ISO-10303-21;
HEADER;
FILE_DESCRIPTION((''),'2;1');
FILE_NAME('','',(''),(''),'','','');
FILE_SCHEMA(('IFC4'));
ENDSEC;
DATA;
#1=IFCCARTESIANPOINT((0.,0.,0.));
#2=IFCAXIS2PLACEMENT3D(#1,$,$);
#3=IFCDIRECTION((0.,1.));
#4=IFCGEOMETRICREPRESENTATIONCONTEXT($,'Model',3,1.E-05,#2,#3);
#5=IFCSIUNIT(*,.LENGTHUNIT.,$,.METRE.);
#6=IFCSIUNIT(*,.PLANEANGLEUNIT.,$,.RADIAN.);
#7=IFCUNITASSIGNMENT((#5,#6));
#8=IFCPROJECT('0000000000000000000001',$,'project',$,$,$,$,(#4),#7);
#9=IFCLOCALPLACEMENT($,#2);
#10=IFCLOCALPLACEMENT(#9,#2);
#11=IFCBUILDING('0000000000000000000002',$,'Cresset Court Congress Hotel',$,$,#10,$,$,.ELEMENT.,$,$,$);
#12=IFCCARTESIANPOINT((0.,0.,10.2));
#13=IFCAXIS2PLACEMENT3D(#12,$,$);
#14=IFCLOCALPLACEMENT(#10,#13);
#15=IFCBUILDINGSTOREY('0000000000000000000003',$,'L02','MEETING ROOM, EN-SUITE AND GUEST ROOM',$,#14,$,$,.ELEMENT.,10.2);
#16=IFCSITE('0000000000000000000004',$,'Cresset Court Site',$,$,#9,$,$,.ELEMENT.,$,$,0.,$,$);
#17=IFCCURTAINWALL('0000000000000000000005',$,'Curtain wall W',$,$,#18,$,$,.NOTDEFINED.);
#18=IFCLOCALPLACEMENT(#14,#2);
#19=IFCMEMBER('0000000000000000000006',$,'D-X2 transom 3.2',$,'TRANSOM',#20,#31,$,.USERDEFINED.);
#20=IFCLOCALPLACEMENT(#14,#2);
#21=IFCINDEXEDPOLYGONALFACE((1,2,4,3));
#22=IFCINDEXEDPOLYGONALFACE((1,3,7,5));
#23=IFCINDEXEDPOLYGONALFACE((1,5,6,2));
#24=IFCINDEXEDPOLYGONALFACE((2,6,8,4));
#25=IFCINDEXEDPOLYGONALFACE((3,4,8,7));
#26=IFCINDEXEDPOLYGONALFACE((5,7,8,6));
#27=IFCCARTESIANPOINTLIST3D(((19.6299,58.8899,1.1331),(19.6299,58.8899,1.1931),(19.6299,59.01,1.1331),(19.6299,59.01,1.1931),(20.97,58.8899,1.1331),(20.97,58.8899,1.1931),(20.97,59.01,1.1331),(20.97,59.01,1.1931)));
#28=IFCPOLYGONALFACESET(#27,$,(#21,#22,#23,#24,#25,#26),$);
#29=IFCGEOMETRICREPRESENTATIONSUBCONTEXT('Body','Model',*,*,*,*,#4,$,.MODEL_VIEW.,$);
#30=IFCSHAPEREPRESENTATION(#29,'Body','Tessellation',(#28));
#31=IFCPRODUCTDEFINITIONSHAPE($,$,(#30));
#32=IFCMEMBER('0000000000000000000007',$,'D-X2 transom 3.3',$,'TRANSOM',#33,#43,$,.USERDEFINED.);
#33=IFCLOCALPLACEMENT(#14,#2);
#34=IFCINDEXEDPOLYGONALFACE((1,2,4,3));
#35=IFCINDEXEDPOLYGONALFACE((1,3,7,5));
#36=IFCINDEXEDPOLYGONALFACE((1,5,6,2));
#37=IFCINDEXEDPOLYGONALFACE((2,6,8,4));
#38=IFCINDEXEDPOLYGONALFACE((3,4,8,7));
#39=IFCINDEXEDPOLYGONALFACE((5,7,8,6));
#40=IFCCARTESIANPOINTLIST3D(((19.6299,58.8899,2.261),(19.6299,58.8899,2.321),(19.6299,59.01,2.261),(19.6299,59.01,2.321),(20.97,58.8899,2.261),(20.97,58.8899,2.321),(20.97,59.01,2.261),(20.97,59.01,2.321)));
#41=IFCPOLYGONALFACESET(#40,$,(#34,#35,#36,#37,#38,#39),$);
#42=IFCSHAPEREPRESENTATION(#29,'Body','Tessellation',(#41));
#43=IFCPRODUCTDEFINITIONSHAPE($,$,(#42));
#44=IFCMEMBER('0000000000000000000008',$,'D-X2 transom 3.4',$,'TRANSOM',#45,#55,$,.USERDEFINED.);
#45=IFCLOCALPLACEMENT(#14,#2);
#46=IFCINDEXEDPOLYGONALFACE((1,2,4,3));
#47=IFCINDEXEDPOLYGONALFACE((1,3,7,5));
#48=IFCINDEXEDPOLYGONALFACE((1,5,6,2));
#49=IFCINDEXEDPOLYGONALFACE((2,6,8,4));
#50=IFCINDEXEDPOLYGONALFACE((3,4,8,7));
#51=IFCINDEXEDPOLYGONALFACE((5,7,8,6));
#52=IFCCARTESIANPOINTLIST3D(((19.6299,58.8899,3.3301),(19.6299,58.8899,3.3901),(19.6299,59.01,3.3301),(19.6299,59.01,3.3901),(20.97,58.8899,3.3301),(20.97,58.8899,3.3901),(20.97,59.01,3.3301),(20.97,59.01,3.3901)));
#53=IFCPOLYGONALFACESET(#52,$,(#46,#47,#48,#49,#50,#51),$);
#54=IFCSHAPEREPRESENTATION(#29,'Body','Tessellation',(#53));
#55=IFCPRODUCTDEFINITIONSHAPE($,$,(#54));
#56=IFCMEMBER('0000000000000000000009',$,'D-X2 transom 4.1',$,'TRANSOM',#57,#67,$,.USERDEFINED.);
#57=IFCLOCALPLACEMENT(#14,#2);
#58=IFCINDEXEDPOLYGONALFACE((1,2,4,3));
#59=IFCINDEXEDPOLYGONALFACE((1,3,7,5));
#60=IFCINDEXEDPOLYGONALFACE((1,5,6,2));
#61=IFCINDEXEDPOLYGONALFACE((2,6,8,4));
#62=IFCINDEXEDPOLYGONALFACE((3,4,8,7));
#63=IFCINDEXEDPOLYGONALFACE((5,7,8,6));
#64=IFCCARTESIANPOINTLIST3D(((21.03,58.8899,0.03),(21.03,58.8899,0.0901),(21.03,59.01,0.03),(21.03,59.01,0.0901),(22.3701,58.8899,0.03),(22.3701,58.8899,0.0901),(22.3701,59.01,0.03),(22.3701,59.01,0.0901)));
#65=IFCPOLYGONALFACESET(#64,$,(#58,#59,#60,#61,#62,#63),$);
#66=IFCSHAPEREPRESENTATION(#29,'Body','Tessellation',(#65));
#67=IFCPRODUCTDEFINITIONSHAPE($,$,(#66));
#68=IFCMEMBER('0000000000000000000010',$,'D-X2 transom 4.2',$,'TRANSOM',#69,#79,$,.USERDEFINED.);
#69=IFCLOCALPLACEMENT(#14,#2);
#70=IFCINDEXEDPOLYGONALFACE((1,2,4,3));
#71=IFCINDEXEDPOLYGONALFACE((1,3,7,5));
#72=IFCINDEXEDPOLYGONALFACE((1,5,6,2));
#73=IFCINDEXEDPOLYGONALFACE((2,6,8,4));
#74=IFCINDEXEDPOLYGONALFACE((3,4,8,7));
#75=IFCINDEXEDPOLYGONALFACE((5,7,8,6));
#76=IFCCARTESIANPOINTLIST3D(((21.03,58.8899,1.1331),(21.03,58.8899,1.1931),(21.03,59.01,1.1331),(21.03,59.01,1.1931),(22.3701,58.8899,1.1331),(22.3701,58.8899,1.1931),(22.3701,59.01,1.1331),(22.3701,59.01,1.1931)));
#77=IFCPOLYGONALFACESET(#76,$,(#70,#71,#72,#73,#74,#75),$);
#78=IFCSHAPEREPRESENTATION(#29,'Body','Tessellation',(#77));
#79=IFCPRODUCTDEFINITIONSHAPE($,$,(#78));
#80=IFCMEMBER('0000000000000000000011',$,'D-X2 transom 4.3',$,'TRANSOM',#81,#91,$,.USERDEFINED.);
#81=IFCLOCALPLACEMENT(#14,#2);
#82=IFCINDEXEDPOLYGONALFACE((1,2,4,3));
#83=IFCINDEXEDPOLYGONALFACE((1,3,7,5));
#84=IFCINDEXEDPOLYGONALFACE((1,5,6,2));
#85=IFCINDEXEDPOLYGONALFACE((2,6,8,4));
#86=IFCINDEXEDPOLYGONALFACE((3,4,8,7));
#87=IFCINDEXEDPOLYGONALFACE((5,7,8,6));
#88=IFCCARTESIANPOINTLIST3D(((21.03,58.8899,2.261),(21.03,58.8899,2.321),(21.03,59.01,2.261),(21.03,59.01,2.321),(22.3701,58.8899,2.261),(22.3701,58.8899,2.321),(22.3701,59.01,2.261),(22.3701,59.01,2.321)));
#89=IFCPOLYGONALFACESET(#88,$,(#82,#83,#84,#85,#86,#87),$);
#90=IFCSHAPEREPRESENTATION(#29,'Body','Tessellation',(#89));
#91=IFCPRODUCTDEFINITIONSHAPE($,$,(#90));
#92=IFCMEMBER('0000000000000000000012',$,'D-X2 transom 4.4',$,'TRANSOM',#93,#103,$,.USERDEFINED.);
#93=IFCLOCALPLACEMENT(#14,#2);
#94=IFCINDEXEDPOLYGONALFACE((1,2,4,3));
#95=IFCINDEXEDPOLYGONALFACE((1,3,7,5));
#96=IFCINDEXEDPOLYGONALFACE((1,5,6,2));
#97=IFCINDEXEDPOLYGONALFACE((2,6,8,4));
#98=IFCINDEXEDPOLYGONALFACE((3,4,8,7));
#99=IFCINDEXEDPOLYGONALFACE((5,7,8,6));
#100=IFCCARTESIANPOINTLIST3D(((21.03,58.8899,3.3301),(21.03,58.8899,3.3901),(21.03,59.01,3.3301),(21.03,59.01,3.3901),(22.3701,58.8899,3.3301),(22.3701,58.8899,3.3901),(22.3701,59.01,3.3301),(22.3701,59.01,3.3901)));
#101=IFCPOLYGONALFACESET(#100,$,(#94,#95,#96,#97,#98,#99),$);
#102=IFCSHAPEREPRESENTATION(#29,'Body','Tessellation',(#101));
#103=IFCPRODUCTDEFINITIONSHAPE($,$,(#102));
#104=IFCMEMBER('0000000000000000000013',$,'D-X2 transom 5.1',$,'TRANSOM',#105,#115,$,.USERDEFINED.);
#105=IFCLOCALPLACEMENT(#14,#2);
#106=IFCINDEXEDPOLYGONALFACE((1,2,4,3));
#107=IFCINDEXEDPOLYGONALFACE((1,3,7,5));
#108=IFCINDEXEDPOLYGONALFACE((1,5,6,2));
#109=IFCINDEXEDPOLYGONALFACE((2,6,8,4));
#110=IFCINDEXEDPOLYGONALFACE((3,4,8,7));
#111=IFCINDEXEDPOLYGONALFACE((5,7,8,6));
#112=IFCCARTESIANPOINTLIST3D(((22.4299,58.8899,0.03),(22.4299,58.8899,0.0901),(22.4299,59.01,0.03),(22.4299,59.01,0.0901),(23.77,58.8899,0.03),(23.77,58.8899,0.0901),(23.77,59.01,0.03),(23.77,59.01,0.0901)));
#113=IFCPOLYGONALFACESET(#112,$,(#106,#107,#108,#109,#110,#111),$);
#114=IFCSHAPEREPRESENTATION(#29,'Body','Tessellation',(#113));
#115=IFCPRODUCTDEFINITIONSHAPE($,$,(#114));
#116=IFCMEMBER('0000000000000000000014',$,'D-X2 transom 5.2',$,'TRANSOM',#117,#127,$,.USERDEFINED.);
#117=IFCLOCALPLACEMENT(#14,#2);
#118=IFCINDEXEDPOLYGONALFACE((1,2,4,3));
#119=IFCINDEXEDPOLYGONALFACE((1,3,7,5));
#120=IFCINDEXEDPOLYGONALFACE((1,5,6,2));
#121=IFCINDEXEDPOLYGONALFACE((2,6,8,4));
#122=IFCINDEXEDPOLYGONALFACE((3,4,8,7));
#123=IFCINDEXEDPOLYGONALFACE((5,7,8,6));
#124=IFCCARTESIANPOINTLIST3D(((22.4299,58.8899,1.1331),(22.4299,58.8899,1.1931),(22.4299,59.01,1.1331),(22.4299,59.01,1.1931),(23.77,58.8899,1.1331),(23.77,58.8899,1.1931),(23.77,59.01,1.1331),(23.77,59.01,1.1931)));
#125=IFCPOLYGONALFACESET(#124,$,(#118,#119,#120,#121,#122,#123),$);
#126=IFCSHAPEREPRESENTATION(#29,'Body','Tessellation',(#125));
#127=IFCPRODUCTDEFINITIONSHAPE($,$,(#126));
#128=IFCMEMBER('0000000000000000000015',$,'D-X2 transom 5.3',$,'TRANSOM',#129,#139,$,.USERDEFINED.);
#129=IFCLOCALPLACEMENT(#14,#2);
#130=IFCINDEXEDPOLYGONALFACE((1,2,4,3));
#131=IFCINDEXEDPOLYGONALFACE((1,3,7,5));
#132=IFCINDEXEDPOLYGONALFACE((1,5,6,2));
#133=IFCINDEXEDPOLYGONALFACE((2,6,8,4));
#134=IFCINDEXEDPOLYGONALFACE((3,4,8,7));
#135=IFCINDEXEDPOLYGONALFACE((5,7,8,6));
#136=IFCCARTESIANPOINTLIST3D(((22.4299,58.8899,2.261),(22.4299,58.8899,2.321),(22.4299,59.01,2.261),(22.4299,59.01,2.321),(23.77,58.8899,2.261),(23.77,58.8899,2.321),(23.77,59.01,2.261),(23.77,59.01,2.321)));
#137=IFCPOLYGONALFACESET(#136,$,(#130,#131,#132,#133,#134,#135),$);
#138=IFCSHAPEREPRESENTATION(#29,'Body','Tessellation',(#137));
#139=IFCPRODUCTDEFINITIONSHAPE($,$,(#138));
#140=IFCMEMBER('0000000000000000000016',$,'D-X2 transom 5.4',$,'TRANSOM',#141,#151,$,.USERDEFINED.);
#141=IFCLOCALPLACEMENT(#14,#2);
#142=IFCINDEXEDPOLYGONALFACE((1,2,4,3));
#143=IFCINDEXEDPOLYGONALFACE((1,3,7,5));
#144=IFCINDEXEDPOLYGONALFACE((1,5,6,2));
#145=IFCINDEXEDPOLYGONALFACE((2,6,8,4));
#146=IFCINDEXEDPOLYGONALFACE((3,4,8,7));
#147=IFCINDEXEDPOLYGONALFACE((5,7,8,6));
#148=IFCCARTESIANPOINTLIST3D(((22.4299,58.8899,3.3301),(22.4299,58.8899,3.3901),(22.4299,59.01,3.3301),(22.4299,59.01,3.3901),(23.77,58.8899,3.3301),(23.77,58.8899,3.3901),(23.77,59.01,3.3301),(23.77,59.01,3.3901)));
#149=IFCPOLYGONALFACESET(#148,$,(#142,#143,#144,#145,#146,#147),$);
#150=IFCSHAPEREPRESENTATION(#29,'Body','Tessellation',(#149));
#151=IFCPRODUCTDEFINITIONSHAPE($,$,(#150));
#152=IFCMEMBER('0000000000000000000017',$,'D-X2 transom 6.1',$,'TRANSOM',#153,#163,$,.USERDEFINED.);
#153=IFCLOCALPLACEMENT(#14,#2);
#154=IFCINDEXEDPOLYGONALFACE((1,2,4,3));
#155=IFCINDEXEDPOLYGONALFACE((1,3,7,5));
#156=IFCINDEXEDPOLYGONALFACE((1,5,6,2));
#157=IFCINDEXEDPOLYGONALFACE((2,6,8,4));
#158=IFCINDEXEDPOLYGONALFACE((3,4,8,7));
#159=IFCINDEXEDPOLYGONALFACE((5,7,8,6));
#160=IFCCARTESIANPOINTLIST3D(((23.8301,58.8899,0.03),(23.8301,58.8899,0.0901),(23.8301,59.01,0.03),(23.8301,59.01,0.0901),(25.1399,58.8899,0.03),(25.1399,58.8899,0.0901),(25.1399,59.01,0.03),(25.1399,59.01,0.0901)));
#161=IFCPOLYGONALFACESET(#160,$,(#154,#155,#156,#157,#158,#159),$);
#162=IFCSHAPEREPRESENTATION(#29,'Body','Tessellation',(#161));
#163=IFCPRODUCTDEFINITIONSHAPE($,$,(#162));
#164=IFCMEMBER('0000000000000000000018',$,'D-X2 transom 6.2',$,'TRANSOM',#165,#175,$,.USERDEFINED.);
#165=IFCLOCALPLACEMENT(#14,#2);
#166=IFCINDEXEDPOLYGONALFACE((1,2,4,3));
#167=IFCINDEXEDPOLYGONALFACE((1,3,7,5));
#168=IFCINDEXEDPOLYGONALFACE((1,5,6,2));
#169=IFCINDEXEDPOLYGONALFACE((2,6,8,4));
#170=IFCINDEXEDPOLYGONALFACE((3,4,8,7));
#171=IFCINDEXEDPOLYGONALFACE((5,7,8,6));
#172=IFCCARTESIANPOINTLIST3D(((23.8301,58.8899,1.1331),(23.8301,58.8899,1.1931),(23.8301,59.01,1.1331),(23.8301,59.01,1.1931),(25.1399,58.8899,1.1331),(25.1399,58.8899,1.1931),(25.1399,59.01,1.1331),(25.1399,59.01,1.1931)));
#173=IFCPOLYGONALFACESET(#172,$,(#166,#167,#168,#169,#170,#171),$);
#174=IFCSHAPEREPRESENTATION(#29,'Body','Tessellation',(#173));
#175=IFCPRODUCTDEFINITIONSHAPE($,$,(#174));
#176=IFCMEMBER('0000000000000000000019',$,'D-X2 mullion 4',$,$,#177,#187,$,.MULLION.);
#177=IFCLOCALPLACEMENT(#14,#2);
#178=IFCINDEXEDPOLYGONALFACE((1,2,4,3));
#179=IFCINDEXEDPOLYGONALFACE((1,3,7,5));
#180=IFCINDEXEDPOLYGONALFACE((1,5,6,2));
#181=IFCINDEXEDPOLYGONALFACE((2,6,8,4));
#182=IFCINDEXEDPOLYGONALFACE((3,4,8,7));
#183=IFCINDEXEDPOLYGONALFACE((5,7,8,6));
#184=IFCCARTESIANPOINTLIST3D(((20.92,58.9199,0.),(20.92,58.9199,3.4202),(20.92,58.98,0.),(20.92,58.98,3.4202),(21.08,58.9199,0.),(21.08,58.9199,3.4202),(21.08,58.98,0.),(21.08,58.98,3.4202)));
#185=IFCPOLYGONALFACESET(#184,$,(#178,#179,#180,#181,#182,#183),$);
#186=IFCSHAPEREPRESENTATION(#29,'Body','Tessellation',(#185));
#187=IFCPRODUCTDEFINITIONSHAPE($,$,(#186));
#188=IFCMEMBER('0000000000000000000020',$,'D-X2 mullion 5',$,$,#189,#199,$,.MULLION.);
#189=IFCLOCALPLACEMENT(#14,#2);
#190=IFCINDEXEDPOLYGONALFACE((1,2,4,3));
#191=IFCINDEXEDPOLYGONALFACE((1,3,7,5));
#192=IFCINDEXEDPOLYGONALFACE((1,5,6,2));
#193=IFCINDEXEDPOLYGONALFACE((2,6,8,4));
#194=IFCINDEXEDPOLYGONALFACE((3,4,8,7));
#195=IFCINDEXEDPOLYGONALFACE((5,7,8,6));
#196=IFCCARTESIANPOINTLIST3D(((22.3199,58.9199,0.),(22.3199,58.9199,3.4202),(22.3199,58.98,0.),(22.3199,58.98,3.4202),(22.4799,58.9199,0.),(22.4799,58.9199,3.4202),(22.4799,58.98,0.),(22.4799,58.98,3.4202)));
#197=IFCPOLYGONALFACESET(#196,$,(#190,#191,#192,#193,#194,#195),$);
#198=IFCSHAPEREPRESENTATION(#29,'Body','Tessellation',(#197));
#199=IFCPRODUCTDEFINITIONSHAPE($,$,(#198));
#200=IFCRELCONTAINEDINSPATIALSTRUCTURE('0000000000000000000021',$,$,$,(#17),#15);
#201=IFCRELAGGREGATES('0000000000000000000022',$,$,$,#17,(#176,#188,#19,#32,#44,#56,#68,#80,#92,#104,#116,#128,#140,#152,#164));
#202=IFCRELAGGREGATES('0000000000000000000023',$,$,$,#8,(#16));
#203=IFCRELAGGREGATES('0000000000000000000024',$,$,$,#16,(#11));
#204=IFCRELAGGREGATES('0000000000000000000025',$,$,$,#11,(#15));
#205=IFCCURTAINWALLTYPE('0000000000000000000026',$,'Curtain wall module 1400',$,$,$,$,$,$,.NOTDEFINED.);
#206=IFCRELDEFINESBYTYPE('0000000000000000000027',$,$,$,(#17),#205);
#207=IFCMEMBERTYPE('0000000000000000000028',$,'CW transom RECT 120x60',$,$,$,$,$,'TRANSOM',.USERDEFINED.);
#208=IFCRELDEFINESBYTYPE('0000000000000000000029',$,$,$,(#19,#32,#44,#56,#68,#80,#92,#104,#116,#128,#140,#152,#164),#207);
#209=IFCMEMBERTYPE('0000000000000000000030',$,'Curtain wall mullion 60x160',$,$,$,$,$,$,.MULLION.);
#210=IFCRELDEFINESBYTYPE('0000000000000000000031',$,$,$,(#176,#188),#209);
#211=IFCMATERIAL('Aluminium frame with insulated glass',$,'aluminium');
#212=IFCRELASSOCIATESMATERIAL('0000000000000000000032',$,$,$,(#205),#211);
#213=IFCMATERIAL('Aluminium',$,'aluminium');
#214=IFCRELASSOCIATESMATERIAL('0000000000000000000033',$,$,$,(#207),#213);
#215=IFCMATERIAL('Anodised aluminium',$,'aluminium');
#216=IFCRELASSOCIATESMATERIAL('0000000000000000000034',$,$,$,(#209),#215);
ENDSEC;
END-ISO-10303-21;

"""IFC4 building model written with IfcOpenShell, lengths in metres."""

from ifc_helpers import new_model, si_unit, direction, frame, origin, origin_2d, place, context, subcontext, project, spatial, rectangle, extrude, material, material_profile, profile_set, type_object, element, aggregate, save


model = new_model("IFC4")

# Units and contexts
model_context = context("Model", 3, precision=1e-05, world=origin(), true_north=direction((0.0, 1.0)))
body_context = subcontext(model_context, "Body", "Model", "MODEL_VIEW")
ifc_project = project(units=[si_unit("LENGTHUNIT", "METRE"), si_unit("PLANEANGLEUNIT", "RADIAN")], contexts=[model_context])

# Site, building, storey
site_placement = place(None, origin())
site = spatial("IfcSite", under=ifc_project, at=site_placement, Name="Cresset Court Site", CompositionType="ELEMENT", RefElevation=0.0)
building_placement = place(site_placement, origin())
building = spatial("IfcBuilding", under=site, at=building_placement, Name="Cresset Court Congress Hotel", CompositionType="ELEMENT")
storey_placement = place(building_placement, frame((0.0, 0.0, 10.2)))
storey = spatial("IfcBuildingStorey", under=building, at=storey_placement, Name="L02", Description="MEETING ROOM, EN-SUITE AND GUEST ROOM", CompositionType="ELEMENT", Elevation=10.2)

# Curtain wall, members
ifc_material_1 = material(Name="Aluminium frame with insulated glass", Category="aluminium")
curtain_wall_type = type_object("IfcCurtainWallType", Name="Curtain wall module 1400", PredefinedType="NOTDEFINED", material=ifc_material_1)
curtain_wall_placement = place(storey_placement, origin())
curtain_wall = element("IfcCurtainWall", 1, at=curtain_wall_placement, inside=storey, type_object=curtain_wall_type, Name="Curtain wall W", PredefinedType="NOTDEFINED")
ifc_material_2 = material(Name="Aluminium", Category="aluminium")
ifc_material_profile_1 = material_profile(ifc_material_2, rectangle(XDim=0.1201, YDim=0.0601, at=origin_2d()), Name="AL 120x60")
ifc_profile_set_1 = profile_set([ifc_material_profile_1], Name="Aluminium")
member_type_1 = type_object("IfcMemberType", Name="CW transom RECT 120x60", ElementType="TRANSOM", PredefinedType="USERDEFINED", material=ifc_profile_set_1)
member_1_placement = place(storey_placement, frame((19.6299, 58.95, 1.1631), z_axis=(1.0, 0.0, 0.0), x_axis=(0.0, 1.0, 0.0)))
member_1 = element("IfcMember", 2, at=member_1_placement, type_object=member_type_1, Name="D-X2 transom 3.2", ObjectType="TRANSOM", PredefinedType="USERDEFINED", context=body_context, shape_type="SweptSolid", body=[
    extrude(rectangle(XDim=0.1201, YDim=0.0601, at=origin_2d()), origin(), (0.0, 0.0, 1.0), 1.3401),
])
member_2_placement = place(storey_placement, frame((19.6299, 58.95, 2.291), z_axis=(1.0, 0.0, 0.0), x_axis=(0.0, 1.0, 0.0)))
member_2 = element("IfcMember", 3, at=member_2_placement, type_object=member_type_1, Name="D-X2 transom 3.3", ObjectType="TRANSOM", PredefinedType="USERDEFINED", context=body_context, shape_type="SweptSolid", body=[
    extrude(rectangle(XDim=0.1201, YDim=0.0601, at=origin_2d()), origin(), (0.0, 0.0, 1.0), 1.3401),
])
member_3_placement = place(storey_placement, frame((19.6299, 58.95, 3.3601), z_axis=(1.0, 0.0, 0.0), x_axis=(0.0, 1.0, 0.0)))
member_3 = element("IfcMember", 4, at=member_3_placement, type_object=member_type_1, Name="D-X2 transom 3.4", ObjectType="TRANSOM", PredefinedType="USERDEFINED", context=body_context, shape_type="SweptSolid", body=[
    extrude(rectangle(XDim=0.1201, YDim=0.0601, at=origin_2d()), origin(), (0.0, 0.0, 1.0), 1.3401),
])
member_4_placement = place(storey_placement, frame((21.03, 58.95, 0.0601), z_axis=(1.0, 0.0, 0.0), x_axis=(0.0, 1.0, 0.0)))
member_4 = element("IfcMember", 5, at=member_4_placement, type_object=member_type_1, Name="D-X2 transom 4.1", ObjectType="TRANSOM", PredefinedType="USERDEFINED", context=body_context, shape_type="SweptSolid", body=[
    extrude(rectangle(XDim=0.1201, YDim=0.0601, at=origin_2d()), origin(), (0.0, 0.0, 1.0), 1.3401),
])
member_5_placement = place(storey_placement, frame((21.03, 58.95, 1.1631), z_axis=(1.0, 0.0, 0.0), x_axis=(0.0, 1.0, 0.0)))
member_5 = element("IfcMember", 6, at=member_5_placement, type_object=member_type_1, Name="D-X2 transom 4.2", ObjectType="TRANSOM", PredefinedType="USERDEFINED", context=body_context, shape_type="SweptSolid", body=[
    extrude(rectangle(XDim=0.1201, YDim=0.0601, at=origin_2d()), origin(), (0.0, 0.0, 1.0), 1.3401),
])
member_6_placement = place(storey_placement, frame((21.03, 58.95, 2.291), z_axis=(1.0, 0.0, 0.0), x_axis=(0.0, 1.0, 0.0)))
member_6 = element("IfcMember", 7, at=member_6_placement, type_object=member_type_1, Name="D-X2 transom 4.3", ObjectType="TRANSOM", PredefinedType="USERDEFINED", context=body_context, shape_type="SweptSolid", body=[
    extrude(rectangle(XDim=0.1201, YDim=0.0601, at=origin_2d()), origin(), (0.0, 0.0, 1.0), 1.3401),
])
member_7_placement = place(storey_placement, frame((21.03, 58.95, 3.3601), z_axis=(1.0, 0.0, 0.0), x_axis=(0.0, 1.0, 0.0)))
member_7 = element("IfcMember", 8, at=member_7_placement, type_object=member_type_1, Name="D-X2 transom 4.4", ObjectType="TRANSOM", PredefinedType="USERDEFINED", context=body_context, shape_type="SweptSolid", body=[
    extrude(rectangle(XDim=0.1201, YDim=0.0601, at=origin_2d()), origin(), (0.0, 0.0, 1.0), 1.3401),
])
member_8_placement = place(storey_placement, frame((22.4299, 58.95, 0.0601), z_axis=(1.0, 0.0, 0.0), x_axis=(0.0, 1.0, 0.0)))
member_8 = element("IfcMember", 9, at=member_8_placement, type_object=member_type_1, Name="D-X2 transom 5.1", ObjectType="TRANSOM", PredefinedType="USERDEFINED", context=body_context, shape_type="SweptSolid", body=[
    extrude(rectangle(XDim=0.1201, YDim=0.0601, at=origin_2d()), origin(), (0.0, 0.0, 1.0), 1.3401),
])
member_9_placement = place(storey_placement, frame((22.4299, 58.95, 1.1631), z_axis=(1.0, 0.0, 0.0), x_axis=(0.0, 1.0, 0.0)))
member_9 = element("IfcMember", 10, at=member_9_placement, type_object=member_type_1, Name="D-X2 transom 5.2", ObjectType="TRANSOM", PredefinedType="USERDEFINED", context=body_context, shape_type="SweptSolid", body=[
    extrude(rectangle(XDim=0.1201, YDim=0.0601, at=origin_2d()), origin(), (0.0, 0.0, 1.0), 1.3401),
])
member_10_placement = place(storey_placement, frame((22.4299, 58.95, 2.291), z_axis=(1.0, 0.0, 0.0), x_axis=(0.0, 1.0, 0.0)))
member_10 = element("IfcMember", 11, at=member_10_placement, type_object=member_type_1, Name="D-X2 transom 5.3", ObjectType="TRANSOM", PredefinedType="USERDEFINED", context=body_context, shape_type="SweptSolid", body=[
    extrude(rectangle(XDim=0.1201, YDim=0.0601, at=origin_2d()), origin(), (0.0, 0.0, 1.0), 1.3401),
])
member_11_placement = place(storey_placement, frame((22.4299, 58.95, 3.3601), z_axis=(1.0, 0.0, 0.0), x_axis=(0.0, 1.0, 0.0)))
member_11 = element("IfcMember", 12, at=member_11_placement, type_object=member_type_1, Name="D-X2 transom 5.4", ObjectType="TRANSOM", PredefinedType="USERDEFINED", context=body_context, shape_type="SweptSolid", body=[
    extrude(rectangle(XDim=0.1201, YDim=0.0601, at=origin_2d()), origin(), (0.0, 0.0, 1.0), 1.3401),
])
member_12_placement = place(storey_placement, frame((23.8301, 58.95, 0.0601), z_axis=(1.0, 0.0, 0.0), x_axis=(0.0, 1.0, 0.0)))
member_12 = element("IfcMember", 13, at=member_12_placement, type_object=member_type_1, Name="D-X2 transom 6.1", ObjectType="TRANSOM", PredefinedType="USERDEFINED", context=body_context, shape_type="SweptSolid", body=[
    extrude(rectangle(XDim=0.1201, YDim=0.0601, at=origin_2d()), origin(), (0.0, 0.0, 1.0), 1.3098),
])
member_13_placement = place(storey_placement, frame((23.8301, 58.95, 1.1631), z_axis=(1.0, 0.0, 0.0), x_axis=(0.0, 1.0, 0.0)))
member_13 = element("IfcMember", 14, at=member_13_placement, type_object=member_type_1, Name="D-X2 transom 6.2", ObjectType="TRANSOM", PredefinedType="USERDEFINED", context=body_context, shape_type="SweptSolid", body=[
    extrude(rectangle(XDim=0.1201, YDim=0.0601, at=origin_2d()), origin(), (0.0, 0.0, 1.0), 1.3098),
])
ifc_material_3 = material(Name="Anodised aluminium", Category="aluminium")
ifc_material_profile_2 = material_profile(ifc_material_3, rectangle(XDim=0.0601, YDim=0.1599, at=origin_2d()), Name="AL60x160")
ifc_profile_set_2 = profile_set([ifc_material_profile_2], Name="Anodised aluminium")
member_type_2 = type_object("IfcMemberType", Name="Curtain wall mullion 60x160", PredefinedType="MULLION", material=ifc_profile_set_2)
member_14_placement = place(storey_placement, frame((21.0, 58.95, 0.0), z_axis=(0.0, 0.0, 1.0), x_axis=(0.0, 1.0, 0.0)))
member_14 = element("IfcMember", 15, at=member_14_placement, type_object=member_type_2, Name="D-X2 mullion 4", PredefinedType="MULLION", context=body_context, shape_type="SweptSolid", body=[
    extrude(rectangle(XDim=0.0601, YDim=0.1599, at=origin_2d()), origin(), (0.0, 0.0, 1.0), 3.4202),
])
member_15_placement = place(storey_placement, frame((22.3999, 58.95, 0.0), z_axis=(0.0, 0.0, 1.0), x_axis=(0.0, 1.0, 0.0)))
member_15 = element("IfcMember", 16, at=member_15_placement, type_object=member_type_2, Name="D-X2 mullion 5", PredefinedType="MULLION", context=body_context, shape_type="SweptSolid", body=[
    extrude(rectangle(XDim=0.0601, YDim=0.1599, at=origin_2d()), origin(), (0.0, 0.0, 1.0), 3.4202),
])
aggregate(curtain_wall, [member_14, member_15, member_1, member_2, member_3, member_4, member_5, member_6, member_7, member_8, member_9, member_10, member_11, member_12, member_13])

save(model, "model.ifc")
